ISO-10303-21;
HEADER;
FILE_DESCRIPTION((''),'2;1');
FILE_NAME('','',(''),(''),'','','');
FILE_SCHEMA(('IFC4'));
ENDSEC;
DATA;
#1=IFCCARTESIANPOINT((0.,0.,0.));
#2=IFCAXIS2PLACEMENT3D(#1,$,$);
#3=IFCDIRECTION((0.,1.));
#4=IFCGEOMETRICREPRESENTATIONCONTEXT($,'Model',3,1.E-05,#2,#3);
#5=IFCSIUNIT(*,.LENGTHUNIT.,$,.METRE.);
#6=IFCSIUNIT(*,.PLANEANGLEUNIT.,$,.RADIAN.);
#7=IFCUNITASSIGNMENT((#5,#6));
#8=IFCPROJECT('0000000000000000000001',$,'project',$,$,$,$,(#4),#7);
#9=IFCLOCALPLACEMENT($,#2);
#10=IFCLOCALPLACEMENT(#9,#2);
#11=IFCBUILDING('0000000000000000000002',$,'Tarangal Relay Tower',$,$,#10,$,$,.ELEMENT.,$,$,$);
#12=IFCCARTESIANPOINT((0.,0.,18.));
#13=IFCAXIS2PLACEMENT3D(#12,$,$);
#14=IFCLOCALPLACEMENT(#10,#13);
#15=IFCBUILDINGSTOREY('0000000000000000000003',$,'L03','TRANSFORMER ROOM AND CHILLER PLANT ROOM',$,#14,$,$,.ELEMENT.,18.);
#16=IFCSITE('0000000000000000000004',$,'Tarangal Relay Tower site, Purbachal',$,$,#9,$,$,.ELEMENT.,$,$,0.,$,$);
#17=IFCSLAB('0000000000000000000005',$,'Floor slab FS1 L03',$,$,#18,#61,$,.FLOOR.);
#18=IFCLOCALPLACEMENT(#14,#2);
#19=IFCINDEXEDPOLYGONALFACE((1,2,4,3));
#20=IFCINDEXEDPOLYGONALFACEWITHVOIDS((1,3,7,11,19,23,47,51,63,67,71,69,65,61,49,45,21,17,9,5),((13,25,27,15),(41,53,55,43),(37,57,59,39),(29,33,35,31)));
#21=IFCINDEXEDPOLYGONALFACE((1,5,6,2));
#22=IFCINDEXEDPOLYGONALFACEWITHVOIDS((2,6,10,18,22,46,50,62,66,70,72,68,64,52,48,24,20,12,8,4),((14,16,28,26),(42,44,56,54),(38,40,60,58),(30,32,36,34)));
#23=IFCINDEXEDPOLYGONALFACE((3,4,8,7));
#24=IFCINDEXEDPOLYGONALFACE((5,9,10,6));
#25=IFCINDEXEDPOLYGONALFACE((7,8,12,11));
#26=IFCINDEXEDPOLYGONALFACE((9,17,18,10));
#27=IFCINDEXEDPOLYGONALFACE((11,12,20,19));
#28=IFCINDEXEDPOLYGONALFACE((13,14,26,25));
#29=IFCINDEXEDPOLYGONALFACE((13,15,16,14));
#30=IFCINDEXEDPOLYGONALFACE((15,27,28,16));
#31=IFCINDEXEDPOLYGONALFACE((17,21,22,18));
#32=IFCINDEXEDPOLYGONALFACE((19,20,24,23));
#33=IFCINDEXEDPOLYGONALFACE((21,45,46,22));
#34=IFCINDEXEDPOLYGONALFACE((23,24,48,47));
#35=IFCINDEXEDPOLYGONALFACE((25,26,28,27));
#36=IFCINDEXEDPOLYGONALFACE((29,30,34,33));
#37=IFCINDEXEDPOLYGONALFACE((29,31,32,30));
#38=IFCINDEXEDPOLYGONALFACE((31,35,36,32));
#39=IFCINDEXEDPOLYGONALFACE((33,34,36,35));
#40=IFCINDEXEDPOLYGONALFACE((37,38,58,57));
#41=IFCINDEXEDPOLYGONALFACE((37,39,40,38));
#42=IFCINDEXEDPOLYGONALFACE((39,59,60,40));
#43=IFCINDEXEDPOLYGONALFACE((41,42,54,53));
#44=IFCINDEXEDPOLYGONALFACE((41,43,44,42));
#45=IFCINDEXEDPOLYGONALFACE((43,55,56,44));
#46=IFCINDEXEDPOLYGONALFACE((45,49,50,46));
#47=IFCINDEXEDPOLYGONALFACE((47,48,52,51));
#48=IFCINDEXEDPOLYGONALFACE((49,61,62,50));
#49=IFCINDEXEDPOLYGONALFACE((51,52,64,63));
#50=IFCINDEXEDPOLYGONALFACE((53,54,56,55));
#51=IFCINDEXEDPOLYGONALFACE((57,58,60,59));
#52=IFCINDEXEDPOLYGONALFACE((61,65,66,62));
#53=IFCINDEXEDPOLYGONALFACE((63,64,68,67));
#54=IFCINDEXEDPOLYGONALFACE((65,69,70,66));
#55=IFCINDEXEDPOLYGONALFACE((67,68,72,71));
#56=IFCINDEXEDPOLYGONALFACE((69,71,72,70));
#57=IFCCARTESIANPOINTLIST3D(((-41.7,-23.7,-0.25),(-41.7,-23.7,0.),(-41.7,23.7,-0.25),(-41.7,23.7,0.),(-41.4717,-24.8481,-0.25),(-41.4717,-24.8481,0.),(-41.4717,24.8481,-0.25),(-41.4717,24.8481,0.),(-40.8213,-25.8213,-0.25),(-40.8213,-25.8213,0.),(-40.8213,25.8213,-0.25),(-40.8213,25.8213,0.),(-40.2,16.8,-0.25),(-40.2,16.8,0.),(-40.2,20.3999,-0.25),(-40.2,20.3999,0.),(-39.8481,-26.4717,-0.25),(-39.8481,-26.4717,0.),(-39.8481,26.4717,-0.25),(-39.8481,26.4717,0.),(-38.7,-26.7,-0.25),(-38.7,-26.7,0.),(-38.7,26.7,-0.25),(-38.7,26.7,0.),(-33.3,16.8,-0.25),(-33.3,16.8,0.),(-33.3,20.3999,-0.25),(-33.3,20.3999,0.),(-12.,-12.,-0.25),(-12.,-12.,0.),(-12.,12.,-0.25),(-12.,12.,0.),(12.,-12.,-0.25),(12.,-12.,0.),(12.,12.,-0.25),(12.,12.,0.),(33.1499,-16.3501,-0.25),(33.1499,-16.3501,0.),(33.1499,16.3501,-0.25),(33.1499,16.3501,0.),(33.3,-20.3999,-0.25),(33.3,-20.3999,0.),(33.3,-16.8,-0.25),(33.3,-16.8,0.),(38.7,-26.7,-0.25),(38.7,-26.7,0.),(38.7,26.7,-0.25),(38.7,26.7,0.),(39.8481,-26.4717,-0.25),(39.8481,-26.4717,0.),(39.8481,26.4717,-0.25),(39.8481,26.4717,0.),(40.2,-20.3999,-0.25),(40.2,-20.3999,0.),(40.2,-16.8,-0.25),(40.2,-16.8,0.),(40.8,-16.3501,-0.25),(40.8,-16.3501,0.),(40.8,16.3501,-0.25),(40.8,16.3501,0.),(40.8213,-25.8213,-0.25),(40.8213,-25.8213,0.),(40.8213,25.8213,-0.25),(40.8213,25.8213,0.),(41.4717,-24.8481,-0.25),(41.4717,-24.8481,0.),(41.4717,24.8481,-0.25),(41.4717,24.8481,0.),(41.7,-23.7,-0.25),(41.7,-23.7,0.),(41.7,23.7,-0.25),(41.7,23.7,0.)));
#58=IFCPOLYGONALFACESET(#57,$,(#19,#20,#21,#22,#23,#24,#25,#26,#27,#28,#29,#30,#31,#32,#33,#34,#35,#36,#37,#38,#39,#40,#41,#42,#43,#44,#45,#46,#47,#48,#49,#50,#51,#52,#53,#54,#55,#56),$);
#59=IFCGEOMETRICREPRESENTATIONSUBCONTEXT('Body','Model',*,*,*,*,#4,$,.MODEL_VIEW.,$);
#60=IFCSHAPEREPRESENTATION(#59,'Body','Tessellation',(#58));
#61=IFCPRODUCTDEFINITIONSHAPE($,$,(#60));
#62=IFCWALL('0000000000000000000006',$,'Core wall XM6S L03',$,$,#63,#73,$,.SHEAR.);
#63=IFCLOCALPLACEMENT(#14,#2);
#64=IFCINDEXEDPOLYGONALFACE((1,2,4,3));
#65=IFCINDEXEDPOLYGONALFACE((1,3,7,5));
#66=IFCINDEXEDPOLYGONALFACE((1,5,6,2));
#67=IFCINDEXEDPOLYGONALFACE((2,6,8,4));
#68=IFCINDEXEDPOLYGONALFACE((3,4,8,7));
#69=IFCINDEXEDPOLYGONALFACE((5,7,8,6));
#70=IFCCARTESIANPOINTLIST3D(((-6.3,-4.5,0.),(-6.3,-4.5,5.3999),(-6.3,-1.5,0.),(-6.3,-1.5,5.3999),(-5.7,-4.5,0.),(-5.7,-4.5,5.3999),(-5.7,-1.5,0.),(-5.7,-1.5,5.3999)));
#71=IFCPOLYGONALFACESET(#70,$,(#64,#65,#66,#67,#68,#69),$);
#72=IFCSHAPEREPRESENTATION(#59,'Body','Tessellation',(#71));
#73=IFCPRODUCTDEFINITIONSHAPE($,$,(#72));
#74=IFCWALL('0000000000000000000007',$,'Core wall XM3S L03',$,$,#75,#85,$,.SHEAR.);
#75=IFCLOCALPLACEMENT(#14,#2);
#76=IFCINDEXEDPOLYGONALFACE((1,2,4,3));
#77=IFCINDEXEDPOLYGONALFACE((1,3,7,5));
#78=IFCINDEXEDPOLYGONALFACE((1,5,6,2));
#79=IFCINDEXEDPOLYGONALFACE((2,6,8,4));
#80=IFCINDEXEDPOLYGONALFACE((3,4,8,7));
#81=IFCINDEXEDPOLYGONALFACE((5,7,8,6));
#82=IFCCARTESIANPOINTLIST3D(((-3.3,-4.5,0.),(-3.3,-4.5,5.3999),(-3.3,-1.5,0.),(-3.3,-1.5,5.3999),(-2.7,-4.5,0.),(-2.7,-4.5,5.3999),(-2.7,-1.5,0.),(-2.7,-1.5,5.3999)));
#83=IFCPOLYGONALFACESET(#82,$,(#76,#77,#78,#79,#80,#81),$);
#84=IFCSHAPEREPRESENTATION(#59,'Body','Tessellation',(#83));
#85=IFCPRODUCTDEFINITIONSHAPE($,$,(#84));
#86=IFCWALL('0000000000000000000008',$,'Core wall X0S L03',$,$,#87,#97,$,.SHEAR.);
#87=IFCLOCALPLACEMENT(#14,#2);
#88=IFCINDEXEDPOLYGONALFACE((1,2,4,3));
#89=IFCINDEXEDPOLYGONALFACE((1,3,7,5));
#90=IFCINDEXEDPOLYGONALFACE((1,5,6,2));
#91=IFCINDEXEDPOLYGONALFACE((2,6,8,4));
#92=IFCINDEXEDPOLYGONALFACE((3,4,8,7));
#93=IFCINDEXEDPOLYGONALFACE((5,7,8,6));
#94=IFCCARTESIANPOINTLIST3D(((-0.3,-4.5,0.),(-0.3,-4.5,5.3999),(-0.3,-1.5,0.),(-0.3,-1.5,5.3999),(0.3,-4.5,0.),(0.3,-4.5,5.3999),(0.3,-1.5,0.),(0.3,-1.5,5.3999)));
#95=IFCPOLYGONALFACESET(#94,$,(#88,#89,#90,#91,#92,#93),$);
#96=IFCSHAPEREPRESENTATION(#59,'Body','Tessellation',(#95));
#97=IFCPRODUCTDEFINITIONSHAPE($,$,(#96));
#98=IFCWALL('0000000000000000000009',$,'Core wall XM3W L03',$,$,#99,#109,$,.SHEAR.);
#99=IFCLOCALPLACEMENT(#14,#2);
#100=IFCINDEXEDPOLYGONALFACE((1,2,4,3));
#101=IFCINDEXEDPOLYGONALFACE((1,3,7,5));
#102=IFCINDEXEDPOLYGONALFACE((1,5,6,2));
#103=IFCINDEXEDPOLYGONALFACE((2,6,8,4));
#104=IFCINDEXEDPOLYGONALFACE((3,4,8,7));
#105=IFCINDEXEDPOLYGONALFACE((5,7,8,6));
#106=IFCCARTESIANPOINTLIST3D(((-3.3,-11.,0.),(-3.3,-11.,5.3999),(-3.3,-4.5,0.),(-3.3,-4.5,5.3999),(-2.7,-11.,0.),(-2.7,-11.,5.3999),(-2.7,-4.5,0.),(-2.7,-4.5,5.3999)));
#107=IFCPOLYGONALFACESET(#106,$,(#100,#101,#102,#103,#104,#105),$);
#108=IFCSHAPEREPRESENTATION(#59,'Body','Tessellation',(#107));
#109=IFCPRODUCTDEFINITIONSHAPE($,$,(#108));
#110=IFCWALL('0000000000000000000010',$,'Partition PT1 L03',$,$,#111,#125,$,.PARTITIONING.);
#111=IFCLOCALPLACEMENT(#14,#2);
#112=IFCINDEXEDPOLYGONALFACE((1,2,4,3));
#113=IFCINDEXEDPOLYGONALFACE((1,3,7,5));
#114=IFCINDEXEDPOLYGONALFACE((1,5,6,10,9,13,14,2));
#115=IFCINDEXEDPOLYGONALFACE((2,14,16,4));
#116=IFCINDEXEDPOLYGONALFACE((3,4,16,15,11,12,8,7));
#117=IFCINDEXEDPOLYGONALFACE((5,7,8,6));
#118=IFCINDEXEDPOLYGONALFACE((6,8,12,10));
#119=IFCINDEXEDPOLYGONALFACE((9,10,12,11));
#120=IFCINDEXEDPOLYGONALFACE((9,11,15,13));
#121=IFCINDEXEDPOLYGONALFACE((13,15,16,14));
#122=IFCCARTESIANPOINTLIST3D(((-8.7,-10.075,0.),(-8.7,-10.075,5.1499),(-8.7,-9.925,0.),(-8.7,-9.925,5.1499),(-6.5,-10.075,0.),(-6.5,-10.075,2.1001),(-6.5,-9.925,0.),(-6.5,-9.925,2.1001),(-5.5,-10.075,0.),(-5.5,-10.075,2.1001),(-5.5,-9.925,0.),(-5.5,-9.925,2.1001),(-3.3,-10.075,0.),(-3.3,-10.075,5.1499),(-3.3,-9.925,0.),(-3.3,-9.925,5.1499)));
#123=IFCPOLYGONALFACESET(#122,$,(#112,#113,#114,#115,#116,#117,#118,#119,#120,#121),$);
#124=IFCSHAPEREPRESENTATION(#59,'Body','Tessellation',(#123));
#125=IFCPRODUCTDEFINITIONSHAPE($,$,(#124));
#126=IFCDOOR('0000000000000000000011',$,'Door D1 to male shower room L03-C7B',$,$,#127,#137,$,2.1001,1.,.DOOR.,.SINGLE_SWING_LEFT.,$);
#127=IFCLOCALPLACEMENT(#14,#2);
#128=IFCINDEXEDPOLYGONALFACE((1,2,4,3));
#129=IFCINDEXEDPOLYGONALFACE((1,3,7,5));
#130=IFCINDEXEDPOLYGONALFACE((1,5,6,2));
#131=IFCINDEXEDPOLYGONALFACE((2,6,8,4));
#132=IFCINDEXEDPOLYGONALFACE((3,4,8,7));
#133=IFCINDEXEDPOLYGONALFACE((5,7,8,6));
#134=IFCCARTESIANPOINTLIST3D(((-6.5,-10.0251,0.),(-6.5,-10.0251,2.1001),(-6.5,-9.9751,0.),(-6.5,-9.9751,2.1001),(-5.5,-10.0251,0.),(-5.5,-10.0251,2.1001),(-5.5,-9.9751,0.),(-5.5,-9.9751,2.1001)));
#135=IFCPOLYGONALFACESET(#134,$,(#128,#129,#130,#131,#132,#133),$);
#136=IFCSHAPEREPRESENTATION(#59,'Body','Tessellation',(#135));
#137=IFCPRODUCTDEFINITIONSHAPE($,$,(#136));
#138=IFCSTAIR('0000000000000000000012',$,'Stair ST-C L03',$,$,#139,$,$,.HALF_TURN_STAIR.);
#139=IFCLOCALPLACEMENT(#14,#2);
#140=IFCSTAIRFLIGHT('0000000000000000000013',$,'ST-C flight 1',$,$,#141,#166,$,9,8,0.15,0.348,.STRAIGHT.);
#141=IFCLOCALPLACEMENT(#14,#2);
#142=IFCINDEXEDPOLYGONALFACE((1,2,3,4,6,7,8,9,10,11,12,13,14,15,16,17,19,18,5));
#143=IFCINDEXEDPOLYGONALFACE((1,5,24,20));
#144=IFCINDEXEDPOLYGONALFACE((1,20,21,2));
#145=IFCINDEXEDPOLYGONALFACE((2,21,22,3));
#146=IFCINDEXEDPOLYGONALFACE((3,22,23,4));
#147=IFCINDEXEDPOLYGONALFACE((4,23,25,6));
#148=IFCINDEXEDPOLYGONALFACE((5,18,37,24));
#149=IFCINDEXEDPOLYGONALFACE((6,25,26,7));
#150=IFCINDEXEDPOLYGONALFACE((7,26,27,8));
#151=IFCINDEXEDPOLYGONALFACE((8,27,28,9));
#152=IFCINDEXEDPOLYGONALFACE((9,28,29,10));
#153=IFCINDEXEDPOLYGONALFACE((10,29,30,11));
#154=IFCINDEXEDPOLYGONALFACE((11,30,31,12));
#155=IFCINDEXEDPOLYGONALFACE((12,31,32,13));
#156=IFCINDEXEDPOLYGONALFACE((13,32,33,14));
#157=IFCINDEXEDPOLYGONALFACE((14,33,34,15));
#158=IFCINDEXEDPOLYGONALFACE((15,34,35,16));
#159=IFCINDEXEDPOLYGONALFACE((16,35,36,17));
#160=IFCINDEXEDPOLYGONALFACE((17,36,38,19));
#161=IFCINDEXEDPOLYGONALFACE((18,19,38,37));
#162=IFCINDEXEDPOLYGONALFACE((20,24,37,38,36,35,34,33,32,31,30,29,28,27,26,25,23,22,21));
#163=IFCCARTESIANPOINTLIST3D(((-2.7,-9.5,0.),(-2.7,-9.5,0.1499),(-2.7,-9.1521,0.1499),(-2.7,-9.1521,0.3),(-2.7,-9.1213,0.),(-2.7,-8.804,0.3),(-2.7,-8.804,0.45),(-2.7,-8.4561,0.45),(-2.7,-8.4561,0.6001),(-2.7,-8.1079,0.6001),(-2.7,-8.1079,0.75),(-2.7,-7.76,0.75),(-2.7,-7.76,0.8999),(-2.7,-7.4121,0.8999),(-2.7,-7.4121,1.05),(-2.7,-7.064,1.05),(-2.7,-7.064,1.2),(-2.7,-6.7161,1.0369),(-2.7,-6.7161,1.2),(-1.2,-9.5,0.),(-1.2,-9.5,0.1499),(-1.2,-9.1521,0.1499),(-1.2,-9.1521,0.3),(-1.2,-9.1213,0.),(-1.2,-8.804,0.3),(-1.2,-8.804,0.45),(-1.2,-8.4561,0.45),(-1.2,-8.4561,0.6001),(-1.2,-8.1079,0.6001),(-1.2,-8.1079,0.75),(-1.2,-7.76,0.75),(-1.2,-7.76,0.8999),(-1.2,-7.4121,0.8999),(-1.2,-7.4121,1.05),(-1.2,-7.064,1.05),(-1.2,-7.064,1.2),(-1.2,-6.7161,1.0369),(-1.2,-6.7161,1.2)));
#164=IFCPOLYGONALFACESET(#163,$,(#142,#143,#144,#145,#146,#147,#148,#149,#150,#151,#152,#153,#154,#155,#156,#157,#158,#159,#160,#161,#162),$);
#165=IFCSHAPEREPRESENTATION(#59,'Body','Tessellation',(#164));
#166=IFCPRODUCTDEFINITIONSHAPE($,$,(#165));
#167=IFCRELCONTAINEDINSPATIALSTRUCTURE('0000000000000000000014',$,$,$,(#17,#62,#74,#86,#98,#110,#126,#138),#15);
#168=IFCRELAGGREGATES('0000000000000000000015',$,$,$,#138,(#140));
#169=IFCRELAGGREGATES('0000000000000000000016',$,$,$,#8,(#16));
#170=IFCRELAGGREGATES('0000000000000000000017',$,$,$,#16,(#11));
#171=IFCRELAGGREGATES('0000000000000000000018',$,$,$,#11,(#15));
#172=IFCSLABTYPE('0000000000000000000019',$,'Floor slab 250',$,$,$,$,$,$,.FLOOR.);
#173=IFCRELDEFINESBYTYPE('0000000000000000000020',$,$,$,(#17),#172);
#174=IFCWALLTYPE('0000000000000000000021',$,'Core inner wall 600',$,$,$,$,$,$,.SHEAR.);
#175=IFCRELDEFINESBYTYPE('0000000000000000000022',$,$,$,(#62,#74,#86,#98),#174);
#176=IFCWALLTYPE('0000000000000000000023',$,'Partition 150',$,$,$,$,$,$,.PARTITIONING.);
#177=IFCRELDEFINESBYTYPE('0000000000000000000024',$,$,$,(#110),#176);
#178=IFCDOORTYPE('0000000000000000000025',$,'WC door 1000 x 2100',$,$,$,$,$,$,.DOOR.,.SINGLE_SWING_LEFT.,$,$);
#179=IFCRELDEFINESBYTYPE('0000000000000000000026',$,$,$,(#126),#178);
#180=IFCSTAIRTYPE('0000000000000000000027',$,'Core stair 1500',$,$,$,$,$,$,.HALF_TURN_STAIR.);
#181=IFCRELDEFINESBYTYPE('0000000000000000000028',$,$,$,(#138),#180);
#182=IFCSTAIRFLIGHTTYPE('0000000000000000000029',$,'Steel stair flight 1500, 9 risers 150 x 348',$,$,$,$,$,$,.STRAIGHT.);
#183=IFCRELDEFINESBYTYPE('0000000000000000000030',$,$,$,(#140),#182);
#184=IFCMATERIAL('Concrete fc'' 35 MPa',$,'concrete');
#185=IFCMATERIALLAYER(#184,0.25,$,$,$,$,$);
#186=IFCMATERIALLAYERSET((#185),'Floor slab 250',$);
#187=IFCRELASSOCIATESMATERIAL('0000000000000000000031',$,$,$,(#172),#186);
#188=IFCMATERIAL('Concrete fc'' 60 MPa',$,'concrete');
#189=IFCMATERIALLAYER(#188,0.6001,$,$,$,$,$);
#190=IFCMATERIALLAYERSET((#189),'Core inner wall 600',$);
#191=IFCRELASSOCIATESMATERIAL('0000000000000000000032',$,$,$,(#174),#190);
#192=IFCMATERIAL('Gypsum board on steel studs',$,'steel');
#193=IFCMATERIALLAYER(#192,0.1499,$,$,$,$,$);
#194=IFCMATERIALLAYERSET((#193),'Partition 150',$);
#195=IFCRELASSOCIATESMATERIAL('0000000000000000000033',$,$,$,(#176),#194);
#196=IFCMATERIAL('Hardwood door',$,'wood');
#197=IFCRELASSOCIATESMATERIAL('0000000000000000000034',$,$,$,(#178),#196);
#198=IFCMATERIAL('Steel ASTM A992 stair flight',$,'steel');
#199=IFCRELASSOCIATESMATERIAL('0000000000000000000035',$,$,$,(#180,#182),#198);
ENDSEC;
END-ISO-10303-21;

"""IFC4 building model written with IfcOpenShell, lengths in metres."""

from ifc_helpers import new_model, si_unit, direction, frame, frame_2d, origin, place, context, subcontext, project, spatial, polyline, rectangle, outline, extrude, material, layer, layer_set, type_object, element, fill, aggregate, save


model = new_model("IFC4")

# Units and contexts
model_context = context("Model", 3, precision=1e-05, world=origin(), true_north=direction((0.0, 1.0)))
body_context = subcontext(model_context, "Body", "Model", "MODEL_VIEW")
ifc_project = project(units=[si_unit("LENGTHUNIT", "METRE"), si_unit("PLANEANGLEUNIT", "RADIAN")], contexts=[model_context])

# Site, building, storey
site_placement = place(None, origin())
site = spatial("IfcSite", under=ifc_project, at=site_placement, Name="Tarangal Relay Tower site, Purbachal", CompositionType="ELEMENT", RefElevation=0.0)
building_placement = place(site_placement, origin())
building = spatial("IfcBuilding", under=site, at=building_placement, Name="Tarangal Relay Tower", CompositionType="ELEMENT")
storey_placement = place(building_placement, frame((0.0, 0.0, 18.0)))
storey = spatial("IfcBuildingStorey", under=building, at=storey_placement, Name="L03", Description="TRANSFORMER ROOM AND CHILLER PLANT ROOM", CompositionType="ELEMENT", Elevation=18.0)

# Slab
ifc_material_1 = material(Name="Concrete fc' 35 MPa", Category="concrete")
ifc_layer_1 = layer(ifc_material_1, 0.25)
ifc_layer_set_1 = layer_set([ifc_layer_1], Name="Floor slab 250")
slab_type_1 = type_object("IfcSlabType", Name="Floor slab 250", PredefinedType="FLOOR", material=ifc_layer_set_1)
slab_1_placement = place(storey_placement, frame((0.0, 0.0, -0.25)))
element("IfcSlab", 1, at=slab_1_placement, inside=storey, type_object=slab_type_1, Name="Floor slab FS1 L03", PredefinedType="FLOOR", context=body_context, shape_type="SweptSolid", body=[
    extrude(outline(polyline([(41.7, 23.7), (41.4717, 24.8481), (40.8213, 25.8213), (39.8481, 26.4717), (38.7, 26.7), (-38.7, 26.7), (-39.8481, 26.4717), (-40.8213, 25.8213), (-41.4717, 24.8481), (-41.7, 23.7), (-41.7, -23.7), (-41.4717, -24.8481), (-40.8213, -25.8213), (-39.8481, -26.4717), (-38.7, -26.7), (38.7, -26.7), (39.8481, -26.4717), (40.8213, -25.8213), (41.4717, -24.8481), (41.7, -23.7), (41.7, 23.7)]), holes=[polyline([(-12.0, -12.0), (12.0, -12.0), (12.0, 12.0), (-12.0, 12.0), (-12.0, -12.0)]), polyline([(-40.2, 16.8), (-33.3, 16.8), (-33.3, 20.3999), (-40.2, 20.3999), (-40.2, 16.8)]), polyline([(33.3, -20.3999), (40.2, -20.3999), (40.2, -16.8), (33.3, -16.8), (33.3, -20.3999)]), polyline([(33.1499, -16.3501), (40.8, -16.3501), (40.8, 16.3501), (33.1499, 16.3501), (33.1499, -16.3501)])]), origin(), (0.0, 0.0, 1.0), 0.25),
])

# Walls
ifc_material_2 = material(Name="Concrete fc' 60 MPa", Category="concrete")
ifc_layer_2 = layer(ifc_material_2, 0.6001)
ifc_layer_set_2 = layer_set([ifc_layer_2], Name="Core inner wall 600")
wall_type_1 = type_object("IfcWallType", Name="Core inner wall 600", PredefinedType="SHEAR", material=ifc_layer_set_2)
for number, where, z_axis, x_axis, name in (
    (2, (-6.0, -4.5, 0.0), (0.0, 0.0, 1.0), (0.0, 1.0, 0.0), "Core wall XM6S L03"),
    (3, (-3.0, -4.5, 0.0), (0.0, 0.0, 1.0), (0.0, 1.0, 0.0), "Core wall XM3S L03"),
    (4, (0.0, -4.5, 0.0), (0.0, 0.0, 1.0), (0.0, 1.0, 0.0), "Core wall X0S L03"),
):
    element("IfcWall", number, at=place(storey_placement, frame(where, z_axis=z_axis, x_axis=x_axis)), inside=storey, type_object=wall_type_1, Name=name, PredefinedType="SHEAR", context=body_context, shape_type="SweptSolid", body=[
        extrude(rectangle(XDim=3.0, YDim=0.6001, at=frame_2d((1.5, 0.0))), origin(), (0.0, 0.0, 1.0), 5.3999),
    ])
wall_1_placement = place(storey_placement, frame((-3.0, -11.0, 0.0), z_axis=(0.0, 0.0, 1.0), x_axis=(0.0, 1.0, 0.0)))
element("IfcWall", 5, at=wall_1_placement, inside=storey, type_object=wall_type_1, Name="Core wall XM3W L03", PredefinedType="SHEAR", context=body_context, shape_type="SweptSolid", body=[
    extrude(rectangle(XDim=6.5, YDim=0.6001, at=frame_2d((3.25, 0.0))), origin(), (0.0, 0.0, 1.0), 5.3999),
])

# Wall, opening, door
ifc_material_3 = material(Name="Gypsum board on steel studs", Category="steel")
ifc_layer_3 = layer(ifc_material_3, 0.1499)
ifc_layer_set_3 = layer_set([ifc_layer_3], Name="Partition 150")
wall_type_2 = type_object("IfcWallType", Name="Partition 150", PredefinedType="PARTITIONING", material=ifc_layer_set_3)
wall_2_placement = place(storey_placement, frame((-8.7, -10.0, 0.0), z_axis=(0.0, 0.0, 1.0), x_axis=(1.0, 0.0, 0.0)))
wall_2 = element("IfcWall", 6, at=wall_2_placement, inside=storey, type_object=wall_type_2, Name="Partition PT1 L03", PredefinedType="PARTITIONING", context=body_context, shape_type="SweptSolid", body=[
    extrude(rectangle(XDim=5.3999, YDim=0.1499, at=frame_2d((2.7, 0.0))), origin(), (0.0, 0.0, 1.0), 5.1499),
])
opening_1_placement = place(wall_2_placement, frame((2.2, 0.0, 0.0)))
opening_1 = element("IfcOpeningElement", 7, at=opening_1_placement, cuts=wall_2, PredefinedType="OPENING", context=body_context, shape_type="SweptSolid", body=[
    extrude(rectangle(XDim=1.0, YDim=2.1001, at=frame_2d((0.5, 1.05))), frame((0.0, 0.085, 0.0), z_axis=(0.0, -1.0, 0.0), x_axis=(1.0, 0.0, 0.0)), (0.0, 0.0, 1.0), 0.1699),
])
ifc_material_4 = material(Name="Hardwood door", Category="wood")
door_type_1 = type_object("IfcDoorType", Name="WC door 1000 x 2100", OperationType="SINGLE_SWING_LEFT", PredefinedType="DOOR", material=ifc_material_4)
door_1_placement = place(opening_1_placement, origin())
door_1 = element("IfcDoor", 8, at=door_1_placement, inside=storey, type_object=door_type_1, Name="Door D1 to male shower room L03-C7B", OperationType="SINGLE_SWING_LEFT", OverallHeight=2.1001, OverallWidth=1.0, PredefinedType="DOOR", context=body_context, shape_type="SweptSolid", body=[
    extrude(rectangle(XDim=1.0, YDim=2.1001, at=frame_2d((0.5, 1.05))), frame((0.0, 0.0249, 0.0), z_axis=(0.0, -1.0, 0.0), x_axis=(1.0, 0.0, 0.0)), (0.0, 0.0, 1.0), 0.05),
])
fill(opening_1, door_1)

# Stair, stair flight
ifc_material_5 = material(Name="Steel ASTM A992 stair flight", Category="steel")
stair_type = type_object("IfcStairType", Name="Core stair 1500", PredefinedType="HALF_TURN_STAIR", material=ifc_material_5)
stair_placement = place(storey_placement, origin())
stair = element("IfcStair", 9, at=stair_placement, inside=storey, type_object=stair_type, Name="Stair ST-C L03", PredefinedType="HALF_TURN_STAIR")
stair_flight_type = type_object("IfcStairFlightType", Name="Steel stair flight 1500, 9 risers 150 x 348", PredefinedType="STRAIGHT", material=ifc_material_5)
stair_flight_1_placement = place(storey_placement, frame((-1.95, -9.5, 0.0), z_axis=(0.0, 0.0, 1.0), x_axis=(0.0, 1.0, 0.0)))
stair_flight_1 = element("IfcStairFlight", 10, at=stair_flight_1_placement, type_object=stair_flight_type, Name="ST-C flight 1", NumberOfRisers=9, NumberOfTreads=8, PredefinedType="STRAIGHT", RiserHeight=0.15, TreadLength=0.348, context=body_context, shape_type="SweptSolid", body=[
    extrude(outline(polyline([(0.0, 0.0), (0.0, 0.1499), (0.3479, 0.1499), (0.3479, 0.3), (0.696, 0.3), (0.696, 0.45), (1.0439, 0.45), (1.0439, 0.6001), (1.3921, 0.6001), (1.3921, 0.75), (1.74, 0.75), (1.74, 0.8999), (2.0879, 0.8999), (2.0879, 1.05), (2.436, 1.05), (2.436, 1.2), (2.7839, 1.2), (2.7839, 1.3501), (2.7839, 1.0369), (0.3787, 0.0), (0.0, 0.0)])), frame((0.0, 0.75, 0.0), z_axis=(0.0, -1.0, 0.0), x_axis=(1.0, 0.0, 0.0)), (0.0, 0.0, 1.0), 1.5),
])
aggregate(stair, [stair_flight_1])

save(model, "model.ifc")
